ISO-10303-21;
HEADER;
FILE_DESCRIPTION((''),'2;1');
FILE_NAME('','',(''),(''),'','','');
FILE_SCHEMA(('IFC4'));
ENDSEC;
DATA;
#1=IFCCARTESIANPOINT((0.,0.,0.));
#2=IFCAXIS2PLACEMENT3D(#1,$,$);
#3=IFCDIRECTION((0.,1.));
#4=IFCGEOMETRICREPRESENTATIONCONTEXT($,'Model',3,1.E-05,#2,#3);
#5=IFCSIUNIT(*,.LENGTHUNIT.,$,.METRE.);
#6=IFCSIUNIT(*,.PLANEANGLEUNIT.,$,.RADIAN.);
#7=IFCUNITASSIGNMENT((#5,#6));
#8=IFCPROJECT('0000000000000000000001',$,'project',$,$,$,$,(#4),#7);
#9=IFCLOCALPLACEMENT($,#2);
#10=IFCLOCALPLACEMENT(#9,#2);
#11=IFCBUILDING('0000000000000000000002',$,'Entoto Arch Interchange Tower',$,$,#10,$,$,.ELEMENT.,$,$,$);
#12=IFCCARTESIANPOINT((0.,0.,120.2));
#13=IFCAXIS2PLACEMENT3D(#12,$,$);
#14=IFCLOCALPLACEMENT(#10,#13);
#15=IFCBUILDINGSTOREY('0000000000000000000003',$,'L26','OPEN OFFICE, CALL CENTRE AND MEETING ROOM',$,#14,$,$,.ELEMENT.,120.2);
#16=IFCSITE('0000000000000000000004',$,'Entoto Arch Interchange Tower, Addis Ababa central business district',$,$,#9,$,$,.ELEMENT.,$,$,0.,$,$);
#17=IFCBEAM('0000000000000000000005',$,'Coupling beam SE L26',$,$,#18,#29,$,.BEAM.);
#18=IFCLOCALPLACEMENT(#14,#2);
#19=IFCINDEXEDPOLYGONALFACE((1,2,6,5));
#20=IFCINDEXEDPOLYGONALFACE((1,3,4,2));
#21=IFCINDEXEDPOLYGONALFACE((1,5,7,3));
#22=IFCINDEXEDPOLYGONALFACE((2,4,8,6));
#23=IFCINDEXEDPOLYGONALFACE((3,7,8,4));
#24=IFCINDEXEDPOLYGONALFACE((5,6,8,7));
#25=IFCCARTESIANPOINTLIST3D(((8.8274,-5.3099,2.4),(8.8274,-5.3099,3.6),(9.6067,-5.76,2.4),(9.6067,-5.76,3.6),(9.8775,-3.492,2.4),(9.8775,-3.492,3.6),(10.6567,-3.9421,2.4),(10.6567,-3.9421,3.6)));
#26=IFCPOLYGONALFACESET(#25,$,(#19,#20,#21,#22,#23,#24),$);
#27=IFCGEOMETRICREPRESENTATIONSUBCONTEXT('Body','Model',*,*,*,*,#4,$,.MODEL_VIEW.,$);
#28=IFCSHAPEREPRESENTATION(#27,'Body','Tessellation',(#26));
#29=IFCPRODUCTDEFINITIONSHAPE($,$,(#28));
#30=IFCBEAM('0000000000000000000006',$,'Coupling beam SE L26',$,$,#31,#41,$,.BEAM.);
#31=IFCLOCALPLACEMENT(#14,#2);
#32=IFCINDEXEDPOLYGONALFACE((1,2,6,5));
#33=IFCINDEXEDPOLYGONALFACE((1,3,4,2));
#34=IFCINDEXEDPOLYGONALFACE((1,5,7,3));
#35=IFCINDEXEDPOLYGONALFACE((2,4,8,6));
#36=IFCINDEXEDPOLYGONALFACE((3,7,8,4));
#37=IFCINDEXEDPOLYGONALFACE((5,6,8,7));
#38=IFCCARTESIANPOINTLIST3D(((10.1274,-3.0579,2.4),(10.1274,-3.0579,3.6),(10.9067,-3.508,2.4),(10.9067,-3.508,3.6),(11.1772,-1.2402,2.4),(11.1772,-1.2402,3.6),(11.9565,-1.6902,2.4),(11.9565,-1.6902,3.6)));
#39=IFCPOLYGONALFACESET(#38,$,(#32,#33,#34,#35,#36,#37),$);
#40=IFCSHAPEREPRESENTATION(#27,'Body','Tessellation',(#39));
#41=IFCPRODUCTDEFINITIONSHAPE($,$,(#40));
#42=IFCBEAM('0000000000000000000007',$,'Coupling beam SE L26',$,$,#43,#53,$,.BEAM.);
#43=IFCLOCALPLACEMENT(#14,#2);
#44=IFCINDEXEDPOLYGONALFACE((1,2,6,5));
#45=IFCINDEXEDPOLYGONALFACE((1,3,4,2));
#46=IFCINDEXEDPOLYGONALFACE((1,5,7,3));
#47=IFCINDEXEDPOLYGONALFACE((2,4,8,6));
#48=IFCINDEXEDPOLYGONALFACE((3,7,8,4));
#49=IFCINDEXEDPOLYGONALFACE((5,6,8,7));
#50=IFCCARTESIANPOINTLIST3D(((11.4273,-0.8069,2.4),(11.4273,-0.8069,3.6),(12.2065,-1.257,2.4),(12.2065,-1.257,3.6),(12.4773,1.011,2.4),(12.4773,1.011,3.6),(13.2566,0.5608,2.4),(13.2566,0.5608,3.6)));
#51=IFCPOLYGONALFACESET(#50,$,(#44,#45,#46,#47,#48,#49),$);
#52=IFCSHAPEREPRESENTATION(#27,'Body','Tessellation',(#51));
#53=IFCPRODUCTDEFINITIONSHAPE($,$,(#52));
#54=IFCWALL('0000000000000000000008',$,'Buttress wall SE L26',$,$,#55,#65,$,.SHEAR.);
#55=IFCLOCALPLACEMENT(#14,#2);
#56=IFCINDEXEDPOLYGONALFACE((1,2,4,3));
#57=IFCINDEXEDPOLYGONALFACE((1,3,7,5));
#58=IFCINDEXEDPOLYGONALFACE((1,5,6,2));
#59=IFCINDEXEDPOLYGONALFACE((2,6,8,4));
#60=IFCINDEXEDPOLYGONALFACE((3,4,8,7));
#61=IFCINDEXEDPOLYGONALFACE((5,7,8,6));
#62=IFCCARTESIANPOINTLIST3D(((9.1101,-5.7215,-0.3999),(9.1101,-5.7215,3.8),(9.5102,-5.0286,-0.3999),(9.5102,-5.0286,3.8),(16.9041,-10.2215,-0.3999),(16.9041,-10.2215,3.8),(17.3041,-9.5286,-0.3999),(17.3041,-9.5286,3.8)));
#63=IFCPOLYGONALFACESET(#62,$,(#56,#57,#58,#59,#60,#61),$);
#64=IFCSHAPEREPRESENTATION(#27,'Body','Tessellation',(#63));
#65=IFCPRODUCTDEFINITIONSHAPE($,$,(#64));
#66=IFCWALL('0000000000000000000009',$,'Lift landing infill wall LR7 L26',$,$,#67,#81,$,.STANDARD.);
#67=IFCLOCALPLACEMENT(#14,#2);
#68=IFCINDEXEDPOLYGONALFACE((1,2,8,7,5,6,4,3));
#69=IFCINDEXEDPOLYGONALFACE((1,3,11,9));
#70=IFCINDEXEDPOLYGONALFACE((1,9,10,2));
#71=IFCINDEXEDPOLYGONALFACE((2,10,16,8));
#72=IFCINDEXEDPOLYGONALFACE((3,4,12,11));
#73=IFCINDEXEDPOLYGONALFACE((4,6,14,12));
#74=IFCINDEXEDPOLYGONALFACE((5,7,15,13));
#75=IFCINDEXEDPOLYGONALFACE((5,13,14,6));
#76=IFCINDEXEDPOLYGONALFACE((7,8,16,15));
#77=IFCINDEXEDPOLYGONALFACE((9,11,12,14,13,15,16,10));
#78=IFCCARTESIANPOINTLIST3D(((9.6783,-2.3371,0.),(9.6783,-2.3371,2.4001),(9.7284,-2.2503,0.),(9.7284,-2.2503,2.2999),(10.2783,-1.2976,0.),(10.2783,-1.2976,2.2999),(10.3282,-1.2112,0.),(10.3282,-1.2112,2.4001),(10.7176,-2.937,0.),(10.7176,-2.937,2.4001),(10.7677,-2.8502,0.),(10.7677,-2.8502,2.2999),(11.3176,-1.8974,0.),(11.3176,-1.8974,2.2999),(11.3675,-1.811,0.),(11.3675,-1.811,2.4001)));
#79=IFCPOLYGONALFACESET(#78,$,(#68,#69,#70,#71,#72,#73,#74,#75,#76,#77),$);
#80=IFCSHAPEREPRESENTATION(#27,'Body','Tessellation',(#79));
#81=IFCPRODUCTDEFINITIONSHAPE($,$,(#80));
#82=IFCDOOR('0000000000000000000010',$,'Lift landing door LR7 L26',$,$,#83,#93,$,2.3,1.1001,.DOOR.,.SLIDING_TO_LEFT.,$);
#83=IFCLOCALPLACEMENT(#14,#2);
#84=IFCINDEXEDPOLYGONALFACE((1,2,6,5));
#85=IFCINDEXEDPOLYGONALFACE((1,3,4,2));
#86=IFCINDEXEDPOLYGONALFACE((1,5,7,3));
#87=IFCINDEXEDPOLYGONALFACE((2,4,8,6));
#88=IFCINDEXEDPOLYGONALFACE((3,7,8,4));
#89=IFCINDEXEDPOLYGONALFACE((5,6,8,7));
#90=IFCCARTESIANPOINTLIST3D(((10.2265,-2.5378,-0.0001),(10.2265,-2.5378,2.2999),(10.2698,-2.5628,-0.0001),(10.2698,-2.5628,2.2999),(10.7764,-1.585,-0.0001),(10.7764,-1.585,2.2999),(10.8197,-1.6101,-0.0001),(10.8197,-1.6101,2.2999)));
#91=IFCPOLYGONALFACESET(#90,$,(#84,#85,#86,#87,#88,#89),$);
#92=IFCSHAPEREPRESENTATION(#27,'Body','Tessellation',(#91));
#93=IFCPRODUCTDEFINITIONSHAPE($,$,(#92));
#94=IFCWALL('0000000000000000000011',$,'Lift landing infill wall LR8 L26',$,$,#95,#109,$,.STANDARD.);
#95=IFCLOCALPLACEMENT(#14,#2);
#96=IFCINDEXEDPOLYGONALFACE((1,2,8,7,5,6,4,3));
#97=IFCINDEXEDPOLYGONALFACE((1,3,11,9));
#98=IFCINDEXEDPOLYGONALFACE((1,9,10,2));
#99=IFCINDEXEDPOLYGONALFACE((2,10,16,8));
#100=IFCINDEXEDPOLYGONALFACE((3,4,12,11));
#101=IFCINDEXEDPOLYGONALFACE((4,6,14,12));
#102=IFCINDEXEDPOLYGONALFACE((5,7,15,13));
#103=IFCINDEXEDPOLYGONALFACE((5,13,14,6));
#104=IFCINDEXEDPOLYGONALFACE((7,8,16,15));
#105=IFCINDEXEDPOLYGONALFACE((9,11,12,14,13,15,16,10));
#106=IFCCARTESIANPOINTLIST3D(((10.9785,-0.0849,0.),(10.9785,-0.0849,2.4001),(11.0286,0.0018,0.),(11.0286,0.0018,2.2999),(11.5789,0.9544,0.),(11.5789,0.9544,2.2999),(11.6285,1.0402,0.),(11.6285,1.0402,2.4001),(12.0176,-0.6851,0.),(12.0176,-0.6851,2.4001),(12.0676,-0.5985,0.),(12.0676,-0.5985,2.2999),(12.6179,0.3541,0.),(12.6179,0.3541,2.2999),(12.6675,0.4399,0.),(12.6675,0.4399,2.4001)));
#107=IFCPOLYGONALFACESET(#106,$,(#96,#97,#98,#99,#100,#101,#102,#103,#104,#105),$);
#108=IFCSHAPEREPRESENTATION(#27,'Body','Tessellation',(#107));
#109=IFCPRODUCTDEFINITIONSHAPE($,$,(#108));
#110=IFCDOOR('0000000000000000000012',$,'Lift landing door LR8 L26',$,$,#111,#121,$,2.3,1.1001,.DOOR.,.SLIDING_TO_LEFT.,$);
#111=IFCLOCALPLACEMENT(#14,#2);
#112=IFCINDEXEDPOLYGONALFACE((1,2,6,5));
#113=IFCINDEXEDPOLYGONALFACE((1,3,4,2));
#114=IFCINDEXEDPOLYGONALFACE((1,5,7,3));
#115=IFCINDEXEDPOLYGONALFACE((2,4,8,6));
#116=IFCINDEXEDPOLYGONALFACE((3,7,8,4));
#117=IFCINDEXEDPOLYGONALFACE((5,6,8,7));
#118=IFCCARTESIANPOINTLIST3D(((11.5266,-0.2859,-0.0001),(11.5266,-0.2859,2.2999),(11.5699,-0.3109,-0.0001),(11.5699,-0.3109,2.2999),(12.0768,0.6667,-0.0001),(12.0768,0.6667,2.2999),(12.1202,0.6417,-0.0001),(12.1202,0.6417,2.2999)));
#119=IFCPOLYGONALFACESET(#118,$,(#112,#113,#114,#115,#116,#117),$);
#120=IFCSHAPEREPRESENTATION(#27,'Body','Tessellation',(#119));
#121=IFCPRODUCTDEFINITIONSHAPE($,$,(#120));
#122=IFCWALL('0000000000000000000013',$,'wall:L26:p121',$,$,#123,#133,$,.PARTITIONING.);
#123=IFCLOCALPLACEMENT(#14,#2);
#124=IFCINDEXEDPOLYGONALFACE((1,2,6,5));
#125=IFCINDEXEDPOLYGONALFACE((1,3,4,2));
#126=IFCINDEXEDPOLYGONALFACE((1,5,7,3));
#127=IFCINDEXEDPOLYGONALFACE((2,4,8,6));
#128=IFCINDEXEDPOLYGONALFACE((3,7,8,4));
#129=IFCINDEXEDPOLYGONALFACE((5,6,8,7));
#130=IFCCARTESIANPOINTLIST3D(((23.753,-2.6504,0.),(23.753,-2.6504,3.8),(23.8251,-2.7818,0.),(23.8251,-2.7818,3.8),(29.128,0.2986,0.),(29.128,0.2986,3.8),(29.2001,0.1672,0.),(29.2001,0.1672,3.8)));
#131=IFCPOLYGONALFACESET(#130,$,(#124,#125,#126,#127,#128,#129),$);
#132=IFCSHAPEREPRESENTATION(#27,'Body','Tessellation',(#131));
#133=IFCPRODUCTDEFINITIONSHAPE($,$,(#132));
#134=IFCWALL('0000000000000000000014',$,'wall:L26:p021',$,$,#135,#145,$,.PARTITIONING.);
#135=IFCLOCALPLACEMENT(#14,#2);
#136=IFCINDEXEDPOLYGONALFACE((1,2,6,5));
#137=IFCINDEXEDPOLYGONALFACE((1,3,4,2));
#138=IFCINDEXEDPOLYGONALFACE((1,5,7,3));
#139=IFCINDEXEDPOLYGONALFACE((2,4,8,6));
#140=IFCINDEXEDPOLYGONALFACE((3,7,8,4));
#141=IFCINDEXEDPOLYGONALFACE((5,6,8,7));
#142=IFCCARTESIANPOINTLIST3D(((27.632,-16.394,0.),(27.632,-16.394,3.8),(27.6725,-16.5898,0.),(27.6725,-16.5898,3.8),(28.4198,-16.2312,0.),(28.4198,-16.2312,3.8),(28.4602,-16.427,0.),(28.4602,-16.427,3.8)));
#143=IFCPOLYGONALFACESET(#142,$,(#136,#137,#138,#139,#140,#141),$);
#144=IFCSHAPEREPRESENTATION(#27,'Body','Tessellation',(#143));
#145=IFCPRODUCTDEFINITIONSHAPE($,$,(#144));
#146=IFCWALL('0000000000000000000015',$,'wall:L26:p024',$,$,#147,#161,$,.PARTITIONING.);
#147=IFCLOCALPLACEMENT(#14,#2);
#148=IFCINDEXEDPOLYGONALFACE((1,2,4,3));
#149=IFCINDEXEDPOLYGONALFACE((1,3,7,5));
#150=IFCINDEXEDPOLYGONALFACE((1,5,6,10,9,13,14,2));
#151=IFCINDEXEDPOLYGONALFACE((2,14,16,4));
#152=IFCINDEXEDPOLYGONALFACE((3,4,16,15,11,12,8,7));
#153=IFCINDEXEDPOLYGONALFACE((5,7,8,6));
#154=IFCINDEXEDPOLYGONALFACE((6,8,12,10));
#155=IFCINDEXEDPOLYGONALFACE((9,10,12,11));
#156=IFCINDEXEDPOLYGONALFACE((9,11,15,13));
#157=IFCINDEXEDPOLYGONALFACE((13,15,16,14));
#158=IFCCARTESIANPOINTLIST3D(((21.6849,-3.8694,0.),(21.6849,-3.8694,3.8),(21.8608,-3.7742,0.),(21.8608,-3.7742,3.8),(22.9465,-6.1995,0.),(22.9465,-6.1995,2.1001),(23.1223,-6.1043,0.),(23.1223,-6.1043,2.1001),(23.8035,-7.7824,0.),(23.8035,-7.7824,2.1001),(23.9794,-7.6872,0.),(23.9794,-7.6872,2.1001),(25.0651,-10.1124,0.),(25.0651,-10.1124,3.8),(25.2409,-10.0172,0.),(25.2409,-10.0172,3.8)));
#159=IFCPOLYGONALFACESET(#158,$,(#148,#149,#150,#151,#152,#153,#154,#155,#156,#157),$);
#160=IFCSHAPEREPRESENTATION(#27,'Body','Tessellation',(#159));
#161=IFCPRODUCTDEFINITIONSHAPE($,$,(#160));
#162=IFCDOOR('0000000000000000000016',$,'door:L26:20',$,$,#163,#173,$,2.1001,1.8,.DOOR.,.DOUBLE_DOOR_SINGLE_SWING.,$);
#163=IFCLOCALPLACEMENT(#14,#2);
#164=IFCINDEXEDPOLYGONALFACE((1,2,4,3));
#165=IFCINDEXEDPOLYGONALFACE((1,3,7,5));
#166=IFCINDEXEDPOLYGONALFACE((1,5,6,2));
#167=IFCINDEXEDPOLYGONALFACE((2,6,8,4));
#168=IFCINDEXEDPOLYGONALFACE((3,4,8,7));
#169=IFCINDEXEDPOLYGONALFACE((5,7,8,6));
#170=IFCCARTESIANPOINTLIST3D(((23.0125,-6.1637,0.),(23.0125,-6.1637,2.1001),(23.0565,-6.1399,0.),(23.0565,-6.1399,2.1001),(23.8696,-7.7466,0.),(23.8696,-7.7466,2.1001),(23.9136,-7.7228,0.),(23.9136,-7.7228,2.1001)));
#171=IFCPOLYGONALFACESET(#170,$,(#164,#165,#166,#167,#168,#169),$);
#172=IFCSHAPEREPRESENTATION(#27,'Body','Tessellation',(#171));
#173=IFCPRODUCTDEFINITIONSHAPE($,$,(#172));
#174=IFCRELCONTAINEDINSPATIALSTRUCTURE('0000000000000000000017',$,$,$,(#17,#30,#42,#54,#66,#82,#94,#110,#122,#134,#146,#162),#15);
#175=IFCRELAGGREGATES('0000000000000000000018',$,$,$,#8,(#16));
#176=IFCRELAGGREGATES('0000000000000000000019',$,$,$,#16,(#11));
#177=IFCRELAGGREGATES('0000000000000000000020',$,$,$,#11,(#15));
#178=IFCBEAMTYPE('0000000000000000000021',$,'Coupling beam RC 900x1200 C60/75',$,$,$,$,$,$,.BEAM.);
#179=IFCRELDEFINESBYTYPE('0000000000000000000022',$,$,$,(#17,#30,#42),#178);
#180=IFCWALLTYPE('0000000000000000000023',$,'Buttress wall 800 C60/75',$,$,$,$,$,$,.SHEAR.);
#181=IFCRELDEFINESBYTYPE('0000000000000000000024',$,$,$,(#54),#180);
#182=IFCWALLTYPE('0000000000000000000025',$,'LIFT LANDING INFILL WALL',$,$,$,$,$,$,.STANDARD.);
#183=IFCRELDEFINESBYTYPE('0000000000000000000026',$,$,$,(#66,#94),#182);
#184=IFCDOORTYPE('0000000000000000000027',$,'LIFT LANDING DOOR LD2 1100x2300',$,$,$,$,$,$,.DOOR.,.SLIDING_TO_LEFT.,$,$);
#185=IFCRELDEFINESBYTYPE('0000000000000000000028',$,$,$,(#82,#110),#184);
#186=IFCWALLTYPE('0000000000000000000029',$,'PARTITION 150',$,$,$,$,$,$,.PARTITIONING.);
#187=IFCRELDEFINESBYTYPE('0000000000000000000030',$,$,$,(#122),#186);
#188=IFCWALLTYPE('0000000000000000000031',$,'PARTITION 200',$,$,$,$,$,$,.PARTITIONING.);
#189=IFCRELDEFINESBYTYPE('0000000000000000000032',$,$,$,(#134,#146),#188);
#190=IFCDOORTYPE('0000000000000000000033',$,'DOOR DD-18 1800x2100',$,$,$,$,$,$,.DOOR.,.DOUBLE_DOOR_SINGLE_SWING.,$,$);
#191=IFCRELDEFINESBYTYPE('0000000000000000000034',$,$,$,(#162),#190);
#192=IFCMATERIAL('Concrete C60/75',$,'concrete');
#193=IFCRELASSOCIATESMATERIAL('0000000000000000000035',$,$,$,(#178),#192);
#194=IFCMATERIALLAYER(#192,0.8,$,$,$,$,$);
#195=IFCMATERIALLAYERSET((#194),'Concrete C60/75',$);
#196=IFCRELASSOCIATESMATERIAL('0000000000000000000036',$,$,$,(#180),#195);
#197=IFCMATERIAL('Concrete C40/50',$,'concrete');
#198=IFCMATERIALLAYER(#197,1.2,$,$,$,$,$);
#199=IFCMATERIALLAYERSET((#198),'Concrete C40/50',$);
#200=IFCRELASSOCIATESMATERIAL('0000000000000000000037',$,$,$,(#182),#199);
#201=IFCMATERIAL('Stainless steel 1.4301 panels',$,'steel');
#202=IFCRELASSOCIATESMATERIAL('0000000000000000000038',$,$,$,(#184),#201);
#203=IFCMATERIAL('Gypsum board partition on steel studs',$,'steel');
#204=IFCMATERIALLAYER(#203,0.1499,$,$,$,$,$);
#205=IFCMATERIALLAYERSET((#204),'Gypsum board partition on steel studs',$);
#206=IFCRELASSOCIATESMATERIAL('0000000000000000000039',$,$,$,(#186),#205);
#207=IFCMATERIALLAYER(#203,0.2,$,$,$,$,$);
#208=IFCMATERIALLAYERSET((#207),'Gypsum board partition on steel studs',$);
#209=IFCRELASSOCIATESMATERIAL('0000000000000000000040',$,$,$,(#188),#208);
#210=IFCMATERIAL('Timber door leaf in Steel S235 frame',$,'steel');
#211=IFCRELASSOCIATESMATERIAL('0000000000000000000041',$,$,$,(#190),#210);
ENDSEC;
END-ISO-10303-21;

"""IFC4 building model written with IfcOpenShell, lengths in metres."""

from ifc_helpers import new_model, si_unit, direction, frame, frame_2d, origin, origin_2d, place, context, subcontext, project, spatial, rectangle, extrude, material, layer, layer_set, material_profile, profile_set, type_object, element, fill, save


model = new_model("IFC4")

# Units and contexts
model_context = context("Model", 3, precision=1e-05, world=origin(), true_north=direction((0.0, 1.0)))
body_context = subcontext(model_context, "Body", "Model", "MODEL_VIEW")
ifc_project = project(units=[si_unit("LENGTHUNIT", "METRE"), si_unit("PLANEANGLEUNIT", "RADIAN")], contexts=[model_context])

# Site, building, storey
site_placement = place(None, origin())
site = spatial("IfcSite", under=ifc_project, at=site_placement, Name="Entoto Arch Interchange Tower, Addis Ababa central business district", CompositionType="ELEMENT", RefElevation=0.0)
building_placement = place(site_placement, origin())
building = spatial("IfcBuilding", under=site, at=building_placement, Name="Entoto Arch Interchange Tower", CompositionType="ELEMENT")
storey_placement = place(building_placement, frame((0.0, 0.0, 120.2)))
storey = spatial("IfcBuildingStorey", under=building, at=storey_placement, Name="L26", Description="OPEN OFFICE, CALL CENTRE AND MEETING ROOM", CompositionType="ELEMENT", Elevation=120.2)

# Beams
ifc_material_1 = material(Name="Concrete C60/75", Category="concrete")
ifc_material_profile = material_profile(ifc_material_1, rectangle(XDim=0.8999, YDim=1.2, at=origin_2d()))
ifc_profile_set = profile_set([ifc_material_profile], Name="Concrete C60/75")
beam_type = type_object("IfcBeamType", Name="Coupling beam RC 900x1200 C60/75", PredefinedType="BEAM", material=ifc_profile_set)
beam_1_placement = place(storey_placement, frame((9.217, -5.5349, 3.0), z_axis=(0.500179, 0.865922, 0.0), x_axis=(-0.865922, 0.500179, 0.0)))
element("IfcBeam", 1, at=beam_1_placement, inside=storey, type_object=beam_type, Name="Coupling beam SE L26", PredefinedType="BEAM", context=body_context, shape_type="SweptSolid", body=[
    extrude(rectangle(XDim=0.8999, YDim=1.2, at=origin_2d()), origin(), (0.0, 0.0, 1.0), 2.0994),
])
beam_2_placement = place(storey_placement, frame((10.5171, -3.283, 3.0), z_axis=(0.500092, 0.865973, 0.0), x_axis=(-0.865973, 0.500092, 0.0)))
element("IfcBeam", 2, at=beam_2_placement, inside=storey, type_object=beam_type, Name="Coupling beam SE L26", PredefinedType="BEAM", context=body_context, shape_type="SweptSolid", body=[
    extrude(rectangle(XDim=0.8999, YDim=1.2, at=origin_2d()), origin(), (0.0, 0.0, 1.0), 2.0991),
])
beam_3_placement = place(storey_placement, frame((11.8169, -1.032, 3.0), z_axis=(0.500179, 0.865922, 0.0), x_axis=(-0.865922, 0.500179, 0.0)))
element("IfcBeam", 3, at=beam_3_placement, inside=storey, type_object=beam_type, Name="Coupling beam SE L26", PredefinedType="BEAM", context=body_context, shape_type="SweptSolid", body=[
    extrude(rectangle(XDim=0.8999, YDim=1.2, at=origin_2d()), origin(), (0.0, 0.0, 1.0), 2.0994),
])

# Wall
ifc_layer_1 = layer(ifc_material_1, 0.8)
ifc_layer_set_1 = layer_set([ifc_layer_1], Name="Concrete C60/75")
wall_type_1 = type_object("IfcWallType", Name="Buttress wall 800 C60/75", PredefinedType="SHEAR", material=ifc_layer_set_1)
wall_1_placement = place(storey_placement, frame((9.3101, -5.375, -0.3999), z_axis=(0.0, 0.0, 1.0), x_axis=(0.866018, -0.500014, 0.0)))
element("IfcWall", 4, at=wall_1_placement, inside=storey, type_object=wall_type_1, Name="Buttress wall SE L26", PredefinedType="SHEAR", context=body_context, shape_type="SweptSolid", body=[
    extrude(rectangle(XDim=8.9998, YDim=0.8, at=frame_2d((4.5, 0.0))), origin(), (0.0, 0.0, 1.0), 4.2),
])

# Walls, openings, doors
ifc_material_2 = material(Name="Concrete C40/50", Category="concrete")
ifc_layer_2 = layer(ifc_material_2, 1.2)
ifc_layer_set_2 = layer_set([ifc_layer_2], Name="Concrete C40/50")
wall_type_2 = type_object("IfcWallType", Name="LIFT LANDING INFILL WALL", PredefinedType="STANDARD", material=ifc_layer_set_2)
wall_2_placement = place(storey_placement, frame((10.198, -2.637, 0.0), z_axis=(0.0, 0.0, 1.0), x_axis=(0.499896, 0.866086, 0.0)))
wall_2 = element("IfcWall", 5, at=wall_2_placement, inside=storey, type_object=wall_type_2, Name="Lift landing infill wall LR7 L26", PredefinedType="STANDARD", context=body_context, shape_type="SweptSolid", body=[
    extrude(rectangle(XDim=1.3, YDim=1.2, at=frame_2d((0.6499, 0.0))), origin(), (0.0, 0.0, 1.0), 2.4001),
])
opening_1_placement = place(wall_2_placement, frame((0.1001, 0.0, 0.0)))
opening_1 = element("IfcOpeningElement", 6, at=opening_1_placement, cuts=wall_2, PredefinedType="OPENING", context=body_context, shape_type="SweptSolid", body=[
    extrude(rectangle(XDim=1.1001, YDim=2.3, at=frame_2d((0.55, 1.1499))), frame((0.0, 0.6099, 0.0), z_axis=(0.0, -1.0, 0.0), x_axis=(1.0, 0.0, 0.0)), (0.0, 0.0, 1.0), 1.22),
])
ifc_material_3 = material(Name="Stainless steel 1.4301 panels", Category="steel")
door_type_1 = type_object("IfcDoorType", Name="LIFT LANDING DOOR LD2 1100x2300", OperationType="SLIDING_TO_LEFT", PredefinedType="DOOR", material=ifc_material_3)
door_1_placement = place(opening_1_placement, origin())
door_1 = element("IfcDoor", 7, at=door_1_placement, inside=storey, type_object=door_type_1, Name="Lift landing door LR7 L26", OperationType="SLIDING_TO_LEFT", OverallHeight=2.3, OverallWidth=1.1001, PredefinedType="DOOR", context=body_context, shape_type="SweptSolid", body=[
    extrude(rectangle(XDim=1.1001, YDim=2.3, at=frame_2d((0.55, 1.1499))), frame((0.0, 0.0249, 0.0), z_axis=(0.0, -1.0, 0.0), x_axis=(1.0, 0.0, 0.0)), (0.0, 0.0, 1.0), 0.05),
])
fill(opening_1, door_1)
wall_3_placement = place(storey_placement, frame((11.498, -0.385, 0.0), z_axis=(0.0, 0.0, 1.0), x_axis=(0.500221, 0.865898, 0.0)))
wall_3 = element("IfcWall", 8, at=wall_3_placement, inside=storey, type_object=wall_type_2, Name="Lift landing infill wall LR8 L26", PredefinedType="STANDARD", context=body_context, shape_type="SweptSolid", body=[
    extrude(rectangle(XDim=1.2993, YDim=1.2, at=frame_2d((0.6497, 0.0))), origin(), (0.0, 0.0, 1.0), 2.4001),
])
opening_2_placement = place(wall_3_placement, frame((0.1001, 0.0, 0.0)))
opening_2 = element("IfcOpeningElement", 9, at=opening_2_placement, cuts=wall_3, PredefinedType="OPENING", context=body_context, shape_type="SweptSolid", body=[
    extrude(rectangle(XDim=1.1001, YDim=2.3, at=frame_2d((0.55, 1.1499))), frame((0.0, 0.6099, 0.0), z_axis=(0.0, -1.0, 0.0), x_axis=(1.0, 0.0, 0.0)), (0.0, 0.0, 1.0), 1.22),
])
door_2_placement = place(opening_2_placement, origin())
door_2 = element("IfcDoor", 10, at=door_2_placement, inside=storey, type_object=door_type_1, Name="Lift landing door LR8 L26", OperationType="SLIDING_TO_LEFT", OverallHeight=2.3, OverallWidth=1.1001, PredefinedType="DOOR", context=body_context, shape_type="SweptSolid", body=[
    extrude(rectangle(XDim=1.1001, YDim=2.3, at=frame_2d((0.55, 1.1499))), frame((0.0, 0.0249, 0.0), z_axis=(0.0, -1.0, 0.0), x_axis=(1.0, 0.0, 0.0)), (0.0, 0.0, 1.0), 0.05),
])
fill(opening_2, door_2)

# Walls
ifc_material_4 = material(Name="Gypsum board partition on steel studs", Category="steel")
ifc_layer_3 = layer(ifc_material_4, 0.1499)
ifc_layer_set_3 = layer_set([ifc_layer_3], Name="Gypsum board partition on steel studs")
wall_type_3 = type_object("IfcWallType", Name="PARTITION 150", PredefinedType="PARTITIONING", material=ifc_layer_set_3)
wall_4_placement = place(storey_placement, frame((23.7891, -2.7161, 0.0), z_axis=(0.0, 0.0, 1.0), x_axis=(0.876717, 0.481007, 0.0)))
element("IfcWall", 11, at=wall_4_placement, inside=storey, type_object=wall_type_3, Name="wall:L26:p121", PredefinedType="PARTITIONING", context=body_context, shape_type="SweptSolid", body=[
    extrude(rectangle(XDim=6.1309, YDim=0.1499, at=frame_2d((3.0654, 0.0))), origin(), (0.0, 0.0, 1.0), 3.8),
])
ifc_layer_4 = layer(ifc_material_4, 0.2)
ifc_layer_set_4 = layer_set([ifc_layer_4], Name="Gypsum board partition on steel studs")
wall_type_4 = type_object("IfcWallType", Name="PARTITION 200", PredefinedType="PARTITIONING", material=ifc_layer_set_4)
wall_5_placement = place(storey_placement, frame((27.6521, -16.4919, 0.0), z_axis=(0.0, 0.0, 1.0), x_axis=(0.9793, 0.202415, 0.0)))
element("IfcWall", 12, at=wall_5_placement, inside=storey, type_object=wall_type_4, Name="wall:L26:p021", PredefinedType="PARTITIONING", context=body_context, shape_type="SweptSolid", body=[
    extrude(rectangle(XDim=0.8044, YDim=0.2, at=frame_2d((0.4023, 0.0))), origin(), (0.0, 0.0, 1.0), 3.8),
])

# Wall, opening, door
wall_6_placement = place(storey_placement, frame((25.1531, -10.0649, 0.0), z_axis=(0.0, 0.0, 1.0), x_axis=(-0.476125, 0.879378, 0.0)))
wall_6 = element("IfcWall", 13, at=wall_6_placement, inside=storey, type_object=wall_type_4, Name="wall:L26:p024", PredefinedType="PARTITIONING", context=body_context, shape_type="SweptSolid", body=[
    extrude(rectangle(XDim=7.0994, YDim=0.2, at=frame_2d((3.5498, 0.0))), origin(), (0.0, 0.0, 1.0), 3.8),
])
opening_3_placement = place(wall_6_placement, frame((2.6499, 0.0, 0.0)))
opening_3 = element("IfcOpeningElement", 14, at=opening_3_placement, cuts=wall_6, PredefinedType="OPENING", context=body_context, shape_type="SweptSolid", body=[
    extrude(rectangle(XDim=1.8, YDim=2.1001, at=frame_2d((0.8999, 1.05))), frame((0.0, 0.1099, 0.0), z_axis=(0.0, -1.0, 0.0), x_axis=(1.0, 0.0, 0.0)), (0.0, 0.0, 1.0), 0.22),
])
ifc_material_5 = material(Name="Timber door leaf in Steel S235 frame", Category="steel")
door_type_2 = type_object("IfcDoorType", Name="DOOR DD-18 1800x2100", OperationType="DOUBLE_DOOR_SINGLE_SWING", PredefinedType="DOOR", material=ifc_material_5)
door_3_placement = place(opening_3_placement, origin())
door_3 = element("IfcDoor", 15, at=door_3_placement, inside=storey, type_object=door_type_2, Name="door:L26:20", OperationType="DOUBLE_DOOR_SINGLE_SWING", OverallHeight=2.1001, OverallWidth=1.8, PredefinedType="DOOR", context=body_context, shape_type="SweptSolid", body=[
    extrude(rectangle(XDim=1.8, YDim=2.1001, at=frame_2d((0.8999, 1.05))), frame((0.0, 0.0249, 0.0), z_axis=(0.0, -1.0, 0.0), x_axis=(1.0, 0.0, 0.0)), (0.0, 0.0, 1.0), 0.05),
])
fill(opening_3, door_3)

save(model, "model.ifc")
